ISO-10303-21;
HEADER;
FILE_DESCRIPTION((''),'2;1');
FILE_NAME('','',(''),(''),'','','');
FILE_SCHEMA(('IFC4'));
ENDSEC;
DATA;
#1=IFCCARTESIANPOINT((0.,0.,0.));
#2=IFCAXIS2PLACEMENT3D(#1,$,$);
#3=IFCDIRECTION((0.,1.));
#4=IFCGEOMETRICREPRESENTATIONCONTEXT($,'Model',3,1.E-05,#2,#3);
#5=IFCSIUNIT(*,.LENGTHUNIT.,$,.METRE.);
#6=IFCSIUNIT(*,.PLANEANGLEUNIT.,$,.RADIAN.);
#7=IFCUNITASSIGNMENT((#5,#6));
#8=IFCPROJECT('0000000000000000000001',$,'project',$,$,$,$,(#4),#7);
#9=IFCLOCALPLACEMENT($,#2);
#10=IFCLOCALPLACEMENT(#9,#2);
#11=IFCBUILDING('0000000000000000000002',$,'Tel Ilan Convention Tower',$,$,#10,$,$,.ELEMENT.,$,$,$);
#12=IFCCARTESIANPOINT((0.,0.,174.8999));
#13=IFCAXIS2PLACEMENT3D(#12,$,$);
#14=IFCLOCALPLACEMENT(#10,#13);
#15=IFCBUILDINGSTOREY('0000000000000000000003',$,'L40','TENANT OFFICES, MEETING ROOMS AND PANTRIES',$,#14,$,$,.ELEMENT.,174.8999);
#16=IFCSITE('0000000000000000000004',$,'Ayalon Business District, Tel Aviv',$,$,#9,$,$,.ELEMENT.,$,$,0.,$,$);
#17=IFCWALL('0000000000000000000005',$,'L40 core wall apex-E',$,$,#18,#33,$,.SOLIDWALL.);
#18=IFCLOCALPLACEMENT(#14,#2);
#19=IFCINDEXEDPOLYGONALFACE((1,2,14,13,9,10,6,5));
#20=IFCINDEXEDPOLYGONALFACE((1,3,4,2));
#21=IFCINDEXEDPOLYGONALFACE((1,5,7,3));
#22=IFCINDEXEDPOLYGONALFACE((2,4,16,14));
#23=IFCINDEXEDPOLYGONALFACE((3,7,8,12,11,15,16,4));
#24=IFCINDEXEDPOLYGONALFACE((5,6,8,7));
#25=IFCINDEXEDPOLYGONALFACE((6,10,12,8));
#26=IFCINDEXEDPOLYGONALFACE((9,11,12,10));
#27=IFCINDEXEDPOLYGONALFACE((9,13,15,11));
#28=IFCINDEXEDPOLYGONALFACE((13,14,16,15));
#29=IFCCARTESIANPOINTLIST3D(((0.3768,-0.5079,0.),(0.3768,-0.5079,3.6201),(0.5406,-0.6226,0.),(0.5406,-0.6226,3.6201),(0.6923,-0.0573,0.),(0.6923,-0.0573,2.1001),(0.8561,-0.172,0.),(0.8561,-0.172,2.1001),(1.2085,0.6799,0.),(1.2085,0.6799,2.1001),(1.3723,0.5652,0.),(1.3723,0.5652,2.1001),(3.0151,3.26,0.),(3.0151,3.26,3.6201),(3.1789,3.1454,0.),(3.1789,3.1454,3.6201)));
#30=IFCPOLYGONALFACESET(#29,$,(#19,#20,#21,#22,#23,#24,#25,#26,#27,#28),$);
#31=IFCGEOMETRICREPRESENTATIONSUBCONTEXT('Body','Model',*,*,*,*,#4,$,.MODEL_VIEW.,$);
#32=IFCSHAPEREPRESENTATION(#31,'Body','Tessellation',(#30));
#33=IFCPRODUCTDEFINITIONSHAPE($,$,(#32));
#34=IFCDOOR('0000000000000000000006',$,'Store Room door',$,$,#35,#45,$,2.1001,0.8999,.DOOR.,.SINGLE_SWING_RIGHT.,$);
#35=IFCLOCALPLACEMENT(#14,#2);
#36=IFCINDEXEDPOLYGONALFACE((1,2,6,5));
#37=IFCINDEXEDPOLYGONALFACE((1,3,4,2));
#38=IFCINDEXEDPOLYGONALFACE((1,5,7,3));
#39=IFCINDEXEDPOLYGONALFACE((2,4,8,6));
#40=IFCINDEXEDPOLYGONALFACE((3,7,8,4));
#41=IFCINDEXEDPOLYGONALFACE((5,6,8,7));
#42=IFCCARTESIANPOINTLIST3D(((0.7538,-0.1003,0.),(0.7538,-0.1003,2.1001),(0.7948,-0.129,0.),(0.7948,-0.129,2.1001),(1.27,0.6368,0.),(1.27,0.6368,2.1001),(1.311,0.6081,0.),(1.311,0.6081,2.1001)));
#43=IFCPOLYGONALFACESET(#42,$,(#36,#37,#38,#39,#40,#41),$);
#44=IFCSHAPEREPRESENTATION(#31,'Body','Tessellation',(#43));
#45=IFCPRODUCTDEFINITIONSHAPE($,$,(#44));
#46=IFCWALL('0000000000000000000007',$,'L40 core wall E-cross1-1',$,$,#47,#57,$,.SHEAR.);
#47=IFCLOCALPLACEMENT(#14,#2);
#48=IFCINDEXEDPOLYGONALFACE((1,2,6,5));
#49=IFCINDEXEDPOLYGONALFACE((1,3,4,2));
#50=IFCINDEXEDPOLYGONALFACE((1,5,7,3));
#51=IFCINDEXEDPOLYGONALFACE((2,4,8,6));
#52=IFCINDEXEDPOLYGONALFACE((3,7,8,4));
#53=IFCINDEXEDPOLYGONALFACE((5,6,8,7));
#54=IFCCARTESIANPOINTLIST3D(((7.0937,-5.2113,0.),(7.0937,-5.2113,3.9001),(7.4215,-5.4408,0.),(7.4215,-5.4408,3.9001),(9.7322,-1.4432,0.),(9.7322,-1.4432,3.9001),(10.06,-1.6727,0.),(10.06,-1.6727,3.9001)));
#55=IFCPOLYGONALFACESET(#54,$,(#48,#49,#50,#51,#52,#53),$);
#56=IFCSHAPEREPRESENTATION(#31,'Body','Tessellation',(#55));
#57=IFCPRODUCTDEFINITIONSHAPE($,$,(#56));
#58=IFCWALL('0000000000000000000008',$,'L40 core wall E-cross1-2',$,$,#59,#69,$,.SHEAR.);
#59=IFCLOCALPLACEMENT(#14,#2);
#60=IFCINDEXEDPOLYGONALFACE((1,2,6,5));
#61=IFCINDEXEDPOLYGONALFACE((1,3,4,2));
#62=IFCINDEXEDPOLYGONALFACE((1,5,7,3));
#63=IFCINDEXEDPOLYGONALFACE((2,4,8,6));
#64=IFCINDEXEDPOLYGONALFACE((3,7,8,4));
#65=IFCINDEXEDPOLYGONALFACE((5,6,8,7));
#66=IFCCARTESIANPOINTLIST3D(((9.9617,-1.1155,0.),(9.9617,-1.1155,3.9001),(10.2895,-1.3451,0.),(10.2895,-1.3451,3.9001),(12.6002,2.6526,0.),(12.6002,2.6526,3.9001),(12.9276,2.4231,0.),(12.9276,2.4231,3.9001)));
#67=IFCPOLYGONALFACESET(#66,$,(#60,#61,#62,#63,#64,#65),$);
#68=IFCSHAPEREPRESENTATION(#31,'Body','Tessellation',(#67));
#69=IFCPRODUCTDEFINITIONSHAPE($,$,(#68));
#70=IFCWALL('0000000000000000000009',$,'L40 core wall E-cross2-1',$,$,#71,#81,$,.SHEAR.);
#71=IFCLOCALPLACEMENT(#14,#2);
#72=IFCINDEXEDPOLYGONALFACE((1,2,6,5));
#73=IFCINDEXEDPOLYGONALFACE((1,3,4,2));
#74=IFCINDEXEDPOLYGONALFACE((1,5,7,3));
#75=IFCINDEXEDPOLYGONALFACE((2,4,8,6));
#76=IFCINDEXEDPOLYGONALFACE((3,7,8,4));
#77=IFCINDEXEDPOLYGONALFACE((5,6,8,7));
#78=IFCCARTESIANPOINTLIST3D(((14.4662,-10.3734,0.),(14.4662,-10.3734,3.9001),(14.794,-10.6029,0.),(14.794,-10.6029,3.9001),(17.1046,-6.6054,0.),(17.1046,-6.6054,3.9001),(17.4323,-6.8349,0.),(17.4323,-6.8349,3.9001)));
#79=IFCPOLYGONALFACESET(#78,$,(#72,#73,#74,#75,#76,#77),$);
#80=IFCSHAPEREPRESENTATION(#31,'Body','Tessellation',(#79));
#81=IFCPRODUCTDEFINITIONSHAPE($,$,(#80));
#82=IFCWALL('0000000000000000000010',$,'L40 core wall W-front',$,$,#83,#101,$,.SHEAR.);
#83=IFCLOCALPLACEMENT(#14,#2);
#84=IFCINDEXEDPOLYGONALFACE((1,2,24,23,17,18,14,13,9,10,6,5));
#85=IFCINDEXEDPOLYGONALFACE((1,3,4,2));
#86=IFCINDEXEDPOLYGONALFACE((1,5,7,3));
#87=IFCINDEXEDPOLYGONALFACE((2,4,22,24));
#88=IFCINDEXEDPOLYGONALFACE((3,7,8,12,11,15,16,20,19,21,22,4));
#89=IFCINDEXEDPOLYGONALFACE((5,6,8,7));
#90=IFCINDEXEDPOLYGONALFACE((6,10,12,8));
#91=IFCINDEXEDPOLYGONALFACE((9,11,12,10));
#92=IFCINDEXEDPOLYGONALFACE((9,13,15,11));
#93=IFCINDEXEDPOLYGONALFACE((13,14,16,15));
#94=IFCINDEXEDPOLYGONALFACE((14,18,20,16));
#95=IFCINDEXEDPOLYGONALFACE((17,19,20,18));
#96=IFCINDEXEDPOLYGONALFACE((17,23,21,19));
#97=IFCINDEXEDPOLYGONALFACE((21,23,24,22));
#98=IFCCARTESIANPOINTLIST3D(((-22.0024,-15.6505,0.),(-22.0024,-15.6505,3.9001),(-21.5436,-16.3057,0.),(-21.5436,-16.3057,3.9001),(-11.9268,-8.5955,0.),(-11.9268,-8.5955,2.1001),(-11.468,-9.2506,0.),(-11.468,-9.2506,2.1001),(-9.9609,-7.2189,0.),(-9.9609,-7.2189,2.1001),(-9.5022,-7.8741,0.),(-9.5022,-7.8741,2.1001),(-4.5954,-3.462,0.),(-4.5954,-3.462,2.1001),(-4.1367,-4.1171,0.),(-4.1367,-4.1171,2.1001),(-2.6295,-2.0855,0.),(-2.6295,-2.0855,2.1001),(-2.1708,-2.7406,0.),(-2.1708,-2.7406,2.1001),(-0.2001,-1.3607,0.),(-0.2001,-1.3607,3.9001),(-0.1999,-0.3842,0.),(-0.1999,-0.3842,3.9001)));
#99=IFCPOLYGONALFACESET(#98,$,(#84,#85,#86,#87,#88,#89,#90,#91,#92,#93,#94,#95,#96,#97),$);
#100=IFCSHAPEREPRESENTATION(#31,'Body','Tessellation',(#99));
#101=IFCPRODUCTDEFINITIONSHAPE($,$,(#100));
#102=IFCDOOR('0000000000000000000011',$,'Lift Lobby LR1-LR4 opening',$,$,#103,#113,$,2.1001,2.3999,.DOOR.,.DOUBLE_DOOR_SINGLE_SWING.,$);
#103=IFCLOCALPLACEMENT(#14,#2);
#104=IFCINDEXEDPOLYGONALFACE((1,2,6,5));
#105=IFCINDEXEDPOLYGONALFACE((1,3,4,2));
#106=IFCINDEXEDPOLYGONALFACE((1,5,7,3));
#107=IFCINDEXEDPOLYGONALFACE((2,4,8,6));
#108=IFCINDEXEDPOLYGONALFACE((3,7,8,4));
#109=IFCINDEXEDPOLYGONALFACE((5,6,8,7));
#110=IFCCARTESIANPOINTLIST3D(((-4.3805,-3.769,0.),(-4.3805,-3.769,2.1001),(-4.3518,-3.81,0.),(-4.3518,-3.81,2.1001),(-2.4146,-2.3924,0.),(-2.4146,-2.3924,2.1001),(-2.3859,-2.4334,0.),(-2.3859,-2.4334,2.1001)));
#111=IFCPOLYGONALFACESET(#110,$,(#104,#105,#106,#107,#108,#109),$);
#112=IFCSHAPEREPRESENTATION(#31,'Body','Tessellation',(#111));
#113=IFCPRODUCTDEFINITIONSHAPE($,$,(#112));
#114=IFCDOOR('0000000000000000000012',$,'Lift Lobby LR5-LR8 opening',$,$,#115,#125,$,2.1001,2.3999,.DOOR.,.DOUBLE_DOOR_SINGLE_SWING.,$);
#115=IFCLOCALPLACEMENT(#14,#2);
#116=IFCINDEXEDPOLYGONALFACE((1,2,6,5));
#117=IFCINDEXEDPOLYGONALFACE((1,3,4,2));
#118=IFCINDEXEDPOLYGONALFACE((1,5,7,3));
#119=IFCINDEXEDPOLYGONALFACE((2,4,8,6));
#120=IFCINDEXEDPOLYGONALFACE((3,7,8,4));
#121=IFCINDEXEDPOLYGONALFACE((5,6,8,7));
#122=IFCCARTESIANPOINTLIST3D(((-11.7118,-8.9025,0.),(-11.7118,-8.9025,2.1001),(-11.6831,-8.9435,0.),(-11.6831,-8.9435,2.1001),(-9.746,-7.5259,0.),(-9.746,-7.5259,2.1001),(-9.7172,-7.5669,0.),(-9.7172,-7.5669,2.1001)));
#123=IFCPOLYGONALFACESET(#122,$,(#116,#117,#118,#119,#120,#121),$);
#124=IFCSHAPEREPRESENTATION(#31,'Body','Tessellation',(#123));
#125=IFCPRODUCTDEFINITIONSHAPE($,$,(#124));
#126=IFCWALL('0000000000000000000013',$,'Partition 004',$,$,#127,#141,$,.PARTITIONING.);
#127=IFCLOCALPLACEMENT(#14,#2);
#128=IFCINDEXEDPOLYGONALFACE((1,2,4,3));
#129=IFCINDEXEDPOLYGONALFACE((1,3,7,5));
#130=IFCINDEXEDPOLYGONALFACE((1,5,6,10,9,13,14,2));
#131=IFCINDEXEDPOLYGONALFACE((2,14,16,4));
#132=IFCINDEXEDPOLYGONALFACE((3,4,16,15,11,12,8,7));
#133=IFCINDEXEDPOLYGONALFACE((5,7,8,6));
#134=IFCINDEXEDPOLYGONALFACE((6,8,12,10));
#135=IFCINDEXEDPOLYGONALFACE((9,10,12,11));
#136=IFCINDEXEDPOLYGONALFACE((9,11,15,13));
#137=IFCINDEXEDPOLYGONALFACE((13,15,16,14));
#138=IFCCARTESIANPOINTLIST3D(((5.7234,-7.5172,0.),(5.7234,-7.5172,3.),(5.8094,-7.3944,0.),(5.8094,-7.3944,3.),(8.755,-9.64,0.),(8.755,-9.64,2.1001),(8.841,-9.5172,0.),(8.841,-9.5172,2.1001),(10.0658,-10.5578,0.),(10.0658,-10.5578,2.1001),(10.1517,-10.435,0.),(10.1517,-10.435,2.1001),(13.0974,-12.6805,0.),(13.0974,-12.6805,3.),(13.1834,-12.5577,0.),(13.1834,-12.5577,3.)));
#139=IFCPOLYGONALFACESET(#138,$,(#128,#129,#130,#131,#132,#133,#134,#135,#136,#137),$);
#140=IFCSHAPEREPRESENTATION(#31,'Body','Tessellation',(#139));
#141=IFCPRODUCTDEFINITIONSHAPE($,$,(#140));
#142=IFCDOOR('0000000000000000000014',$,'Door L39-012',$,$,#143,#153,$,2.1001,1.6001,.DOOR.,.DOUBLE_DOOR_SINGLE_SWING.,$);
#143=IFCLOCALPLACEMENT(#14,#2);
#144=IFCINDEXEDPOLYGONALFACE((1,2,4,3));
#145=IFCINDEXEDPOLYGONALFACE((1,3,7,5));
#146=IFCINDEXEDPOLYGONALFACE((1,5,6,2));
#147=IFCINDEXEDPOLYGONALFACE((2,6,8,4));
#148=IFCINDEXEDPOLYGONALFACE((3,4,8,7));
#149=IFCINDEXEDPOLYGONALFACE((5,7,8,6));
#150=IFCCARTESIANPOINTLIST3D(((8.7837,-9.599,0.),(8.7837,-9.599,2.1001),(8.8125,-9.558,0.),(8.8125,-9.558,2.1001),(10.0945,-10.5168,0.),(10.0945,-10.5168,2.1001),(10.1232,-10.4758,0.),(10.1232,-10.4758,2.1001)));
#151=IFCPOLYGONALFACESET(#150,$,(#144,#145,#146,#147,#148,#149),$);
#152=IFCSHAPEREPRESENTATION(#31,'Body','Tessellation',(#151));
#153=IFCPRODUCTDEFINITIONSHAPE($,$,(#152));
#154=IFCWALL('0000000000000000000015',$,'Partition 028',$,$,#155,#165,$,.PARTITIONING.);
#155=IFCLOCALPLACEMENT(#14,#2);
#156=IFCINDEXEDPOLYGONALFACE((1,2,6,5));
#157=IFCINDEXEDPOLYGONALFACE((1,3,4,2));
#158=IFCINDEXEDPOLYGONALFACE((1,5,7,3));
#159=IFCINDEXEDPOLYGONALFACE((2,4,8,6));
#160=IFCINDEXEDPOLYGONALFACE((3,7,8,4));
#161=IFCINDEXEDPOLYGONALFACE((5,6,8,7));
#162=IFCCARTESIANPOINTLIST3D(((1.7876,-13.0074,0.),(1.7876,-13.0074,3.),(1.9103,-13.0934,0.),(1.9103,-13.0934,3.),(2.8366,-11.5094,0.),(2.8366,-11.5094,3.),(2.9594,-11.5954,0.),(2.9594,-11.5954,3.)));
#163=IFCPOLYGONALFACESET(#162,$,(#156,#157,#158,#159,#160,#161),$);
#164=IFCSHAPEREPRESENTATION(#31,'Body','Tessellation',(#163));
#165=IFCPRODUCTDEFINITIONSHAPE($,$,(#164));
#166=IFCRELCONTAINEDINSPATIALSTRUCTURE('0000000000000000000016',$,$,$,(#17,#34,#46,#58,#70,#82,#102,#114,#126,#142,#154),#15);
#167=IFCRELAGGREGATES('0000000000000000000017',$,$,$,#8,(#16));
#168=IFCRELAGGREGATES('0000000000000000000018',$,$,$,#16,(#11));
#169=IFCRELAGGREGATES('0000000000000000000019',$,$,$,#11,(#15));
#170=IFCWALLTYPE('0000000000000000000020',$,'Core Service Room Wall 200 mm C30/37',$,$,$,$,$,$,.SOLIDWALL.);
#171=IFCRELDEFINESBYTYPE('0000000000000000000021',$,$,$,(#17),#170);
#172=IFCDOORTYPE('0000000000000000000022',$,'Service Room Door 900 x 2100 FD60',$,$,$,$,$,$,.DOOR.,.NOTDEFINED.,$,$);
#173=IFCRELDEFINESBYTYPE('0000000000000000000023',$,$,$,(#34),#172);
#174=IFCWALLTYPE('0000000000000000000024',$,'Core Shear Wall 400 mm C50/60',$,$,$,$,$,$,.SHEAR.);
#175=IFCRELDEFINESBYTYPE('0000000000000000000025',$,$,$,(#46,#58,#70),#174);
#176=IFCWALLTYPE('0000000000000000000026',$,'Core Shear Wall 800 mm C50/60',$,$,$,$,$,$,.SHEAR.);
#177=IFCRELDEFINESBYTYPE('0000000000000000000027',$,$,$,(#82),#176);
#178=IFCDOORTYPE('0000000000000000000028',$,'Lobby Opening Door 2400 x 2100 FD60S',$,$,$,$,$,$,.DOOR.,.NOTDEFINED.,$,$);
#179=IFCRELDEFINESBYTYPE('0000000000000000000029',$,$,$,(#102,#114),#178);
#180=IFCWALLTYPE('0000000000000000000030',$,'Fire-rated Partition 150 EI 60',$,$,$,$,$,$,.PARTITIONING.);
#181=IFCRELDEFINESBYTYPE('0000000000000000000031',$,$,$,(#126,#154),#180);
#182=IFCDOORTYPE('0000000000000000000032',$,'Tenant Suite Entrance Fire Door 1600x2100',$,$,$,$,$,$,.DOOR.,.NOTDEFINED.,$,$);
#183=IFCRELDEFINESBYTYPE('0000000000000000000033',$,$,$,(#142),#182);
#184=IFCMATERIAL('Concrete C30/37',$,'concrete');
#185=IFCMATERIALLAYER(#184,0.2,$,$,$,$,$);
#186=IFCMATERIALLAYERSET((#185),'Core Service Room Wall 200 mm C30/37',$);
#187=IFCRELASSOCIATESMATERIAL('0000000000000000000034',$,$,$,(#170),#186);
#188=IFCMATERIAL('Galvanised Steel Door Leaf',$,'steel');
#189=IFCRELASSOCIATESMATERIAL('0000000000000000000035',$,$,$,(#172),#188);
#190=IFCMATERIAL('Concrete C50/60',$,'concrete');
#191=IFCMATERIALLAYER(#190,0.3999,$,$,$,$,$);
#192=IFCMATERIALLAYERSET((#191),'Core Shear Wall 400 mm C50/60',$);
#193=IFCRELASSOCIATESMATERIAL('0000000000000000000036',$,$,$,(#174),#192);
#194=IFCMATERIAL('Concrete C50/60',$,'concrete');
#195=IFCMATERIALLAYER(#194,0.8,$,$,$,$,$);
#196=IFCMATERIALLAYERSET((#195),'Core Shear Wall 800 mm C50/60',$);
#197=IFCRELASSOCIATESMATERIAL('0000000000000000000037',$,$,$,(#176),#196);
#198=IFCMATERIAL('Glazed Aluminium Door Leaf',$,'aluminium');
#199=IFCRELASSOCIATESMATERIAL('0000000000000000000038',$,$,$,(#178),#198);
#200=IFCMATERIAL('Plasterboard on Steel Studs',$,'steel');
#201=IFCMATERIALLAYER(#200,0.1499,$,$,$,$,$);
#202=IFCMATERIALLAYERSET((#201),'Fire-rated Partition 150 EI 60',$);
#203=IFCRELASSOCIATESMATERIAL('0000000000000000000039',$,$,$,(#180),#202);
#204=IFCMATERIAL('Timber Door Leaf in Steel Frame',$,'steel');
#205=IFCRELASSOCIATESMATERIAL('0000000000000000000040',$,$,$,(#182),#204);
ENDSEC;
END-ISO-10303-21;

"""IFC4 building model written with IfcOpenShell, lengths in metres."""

from ifc_helpers import new_model, si_unit, direction, frame, frame_2d, origin, place, context, subcontext, project, spatial, polyline, rectangle, outline, extrude, material, layer, layer_set, type_object, element, fill, save


model = new_model("IFC4")

# Units and contexts
model_context = context("Model", 3, precision=1e-05, world=origin(), true_north=direction((0.0, 1.0)))
body_context = subcontext(model_context, "Body", "Model", "MODEL_VIEW")
ifc_project = project(units=[si_unit("LENGTHUNIT", "METRE"), si_unit("PLANEANGLEUNIT", "RADIAN")], contexts=[model_context])

# Site, building, storey
site_placement = place(None, origin())
site = spatial("IfcSite", under=ifc_project, at=site_placement, Name="Ayalon Business District, Tel Aviv", CompositionType="ELEMENT", RefElevation=0.0)
building_placement = place(site_placement, origin())
building = spatial("IfcBuilding", under=site, at=building_placement, Name="Tel Ilan Convention Tower", CompositionType="ELEMENT")
storey_placement = place(building_placement, frame((0.0, 0.0, 174.8999)))
storey = spatial("IfcBuildingStorey", under=building, at=storey_placement, Name="L40", Description="TENANT OFFICES, MEETING ROOMS AND PANTRIES", CompositionType="ELEMENT", Elevation=174.8999)

# Wall, opening, door
ifc_material_1 = material(Name="Concrete C30/37", Category="concrete")
ifc_layer_1 = layer(ifc_material_1, 0.2)
ifc_layer_set_1 = layer_set([ifc_layer_1], Name="Core Service Room Wall 200 mm C30/37")
wall_type_1 = type_object("IfcWallType", Name="Core Service Room Wall 200 mm C30/37", PredefinedType="SOLIDWALL", material=ifc_layer_set_1)
wall_1_placement = place(storey_placement, frame((0.4587, -0.5652, 0.0), z_axis=(0.0, 0.0, 1.0), x_axis=(0.573576, 0.819152, 0.0)))
wall_1 = element("IfcWall", 1, at=wall_1_placement, inside=storey, type_object=wall_type_1, Name="L40 core wall apex-E", PredefinedType="SOLIDWALL", context=body_context, shape_type="SweptSolid", body=[
    extrude(rectangle(XDim=4.5999, YDim=0.2, at=frame_2d((2.2998, 0.0))), origin(), (0.0, 0.0, 1.0), 3.6201),
])
opening_1_placement = place(wall_1_placement, frame((0.55, 0.0, 0.0)))
opening_1 = element("IfcOpeningElement", 2, at=opening_1_placement, cuts=wall_1, PredefinedType="OPENING", context=body_context, shape_type="SweptSolid", body=[
    extrude(rectangle(XDim=0.8999, YDim=2.1001, at=frame_2d((0.45, 1.05))), frame((0.0, 0.1099, 0.0), z_axis=(0.0, -1.0, 0.0), x_axis=(1.0, 0.0, 0.0)), (0.0, 0.0, 1.0), 0.22),
])
ifc_material_2 = material(Name="Galvanised Steel Door Leaf", Category="steel")
door_type_1 = type_object("IfcDoorType", Name="Service Room Door 900 x 2100 FD60", OperationType="NOTDEFINED", PredefinedType="DOOR", material=ifc_material_2)
door_1_placement = place(opening_1_placement, origin())
door_1 = element("IfcDoor", 3, at=door_1_placement, inside=storey, type_object=door_type_1, Name="Store Room door", OperationType="SINGLE_SWING_RIGHT", OverallHeight=2.1001, OverallWidth=0.8999, PredefinedType="DOOR", context=body_context, shape_type="SweptSolid", body=[
    extrude(rectangle(XDim=0.8999, YDim=2.1001, at=frame_2d((0.45, 1.05))), frame((0.0, 0.0249, 0.0), z_axis=(0.0, -1.0, 0.0), x_axis=(1.0, 0.0, 0.0)), (0.0, 0.0, 1.0), 0.05),
])
fill(opening_1, door_1)

# Walls
ifc_material_3 = material(Name="Concrete C50/60", Category="concrete")
ifc_layer_2 = layer(ifc_material_3, 0.3999)
ifc_layer_set_2 = layer_set([ifc_layer_2], Name="Core Shear Wall 400 mm C50/60")
wall_type_2 = type_object("IfcWallType", Name="Core Shear Wall 400 mm C50/60", PredefinedType="SHEAR", material=ifc_layer_set_2)
wall_2_placement = place(storey_placement, frame((7.2578, -5.3259, 0.0), z_axis=(0.0, 0.0, 1.0), x_axis=(0.573541, 0.819177, 0.0)))
element("IfcWall", 4, at=wall_2_placement, inside=storey, type_object=wall_type_2, Name="L40 core wall E-cross1-1", PredefinedType="SHEAR", context=body_context, shape_type="SweptSolid", body=[
    extrude(outline(polyline([(-0.0002, 0.2002), (-0.0002, -0.2), (4.5999, -0.2002), (4.5999, 0.2), (-0.0002, 0.2002)])), origin(), (0.0, 0.0, 1.0), 3.9001),
])
wall_3_placement = place(storey_placement, frame((10.1255, -1.2302, 0.0), z_axis=(0.0, 0.0, 1.0), x_axis=(0.573576, 0.819152, 0.0)))
element("IfcWall", 5, at=wall_3_placement, inside=storey, type_object=wall_type_2, Name="L40 core wall E-cross1-2", PredefinedType="SHEAR", context=body_context, shape_type="SweptSolid", body=[
    extrude(outline(polyline([(4.5999, -0.2), (4.6001, 0.2), (0.0, 0.2), (0.0, -0.2002), (4.5999, -0.2)])), origin(), (0.0, 0.0, 1.0), 3.9001),
])
wall_4_placement = place(storey_placement, frame((14.6299, -10.4883, 0.0), z_axis=(0.0, 0.0, 1.0), x_axis=(0.573612, 0.819127, 0.0)))
element("IfcWall", 6, at=wall_4_placement, inside=storey, type_object=wall_type_2, Name="L40 core wall E-cross2-1", PredefinedType="SHEAR", context=body_context, shape_type="SweptSolid", body=[
    extrude(outline(polyline([(0.0002, 0.2), (0.0002, -0.2002), (4.6001, -0.2), (4.6001, 0.2002), (0.0002, 0.2)])), origin(), (0.0, 0.0, 1.0), 3.9001),
])

# Wall, openings, doors
ifc_material_4 = material(Name="Concrete C50/60", Category="concrete")
ifc_layer_3 = layer(ifc_material_4, 0.8)
ifc_layer_set_3 = layer_set([ifc_layer_3], Name="Core Shear Wall 800 mm C50/60")
wall_type_3 = type_object("IfcWallType", Name="Core Shear Wall 800 mm C50/60", PredefinedType="SHEAR", material=ifc_layer_set_3)
wall_5_placement = place(storey_placement, frame((0.0293, -0.7119, 0.0), z_axis=(0.0, 0.0, 1.0), x_axis=(-0.819152, -0.573577, 0.0)))
wall_5 = element("IfcWall", 7, at=wall_5_placement, inside=storey, type_object=wall_type_3, Name="L40 core wall W-front", PredefinedType="SHEAR", context=body_context, shape_type="SweptSolid", body=[
    extrude(outline(polyline([(26.6157, 0.3999), (0.5601, 0.3999), (-0.0002, -0.3999), (26.6157, -0.3999), (26.6157, 0.3999)])), origin(), (0.0, 0.0, 1.0), 3.9001),
])
opening_2_placement = place(wall_5_placement, frame((2.9658, 0.0, 0.0)))
opening_2 = element("IfcOpeningElement", 8, at=opening_2_placement, cuts=wall_5, PredefinedType="OPENING", context=body_context, shape_type="SweptSolid", body=[
    extrude(rectangle(XDim=2.3999, YDim=2.1001, at=frame_2d((1.2, 1.05))), frame((0.0, 0.4099, 0.0), z_axis=(0.0, -1.0, 0.0), x_axis=(1.0, 0.0, 0.0)), (0.0, 0.0, 1.0), 0.8201),
])
opening_3_placement = place(wall_5_placement, frame((11.9158, 0.0, 0.0)))
opening_3 = element("IfcOpeningElement", 9, at=opening_3_placement, cuts=wall_5, PredefinedType="OPENING", context=body_context, shape_type="SweptSolid", body=[
    extrude(rectangle(XDim=2.3999, YDim=2.1001, at=frame_2d((1.2, 1.05))), frame((0.0, 0.4099, 0.0), z_axis=(0.0, -1.0, 0.0), x_axis=(1.0, 0.0, 0.0)), (0.0, 0.0, 1.0), 0.8201),
])
ifc_material_5 = material(Name="Glazed Aluminium Door Leaf", Category="aluminium")
door_type_2 = type_object("IfcDoorType", Name="Lobby Opening Door 2400 x 2100 FD60S", OperationType="NOTDEFINED", PredefinedType="DOOR", material=ifc_material_5)
door_2_placement = place(opening_2_placement, origin())
door_2 = element("IfcDoor", 10, at=door_2_placement, inside=storey, type_object=door_type_2, Name="Lift Lobby LR1-LR4 opening", OperationType="DOUBLE_DOOR_SINGLE_SWING", OverallHeight=2.1001, OverallWidth=2.3999, PredefinedType="DOOR", context=body_context, shape_type="SweptSolid", body=[
    extrude(rectangle(XDim=2.3999, YDim=2.1001, at=frame_2d((1.2, 1.05))), frame((0.0, 0.0249, 0.0), z_axis=(0.0, -1.0, 0.0), x_axis=(1.0, 0.0, 0.0)), (0.0, 0.0, 1.0), 0.05),
])
fill(opening_2, door_2)
door_3_placement = place(opening_3_placement, origin())
door_3 = element("IfcDoor", 11, at=door_3_placement, inside=storey, type_object=door_type_2, Name="Lift Lobby LR5-LR8 opening", OperationType="DOUBLE_DOOR_SINGLE_SWING", OverallHeight=2.1001, OverallWidth=2.3999, PredefinedType="DOOR", context=body_context, shape_type="SweptSolid", body=[
    extrude(rectangle(XDim=2.3999, YDim=2.1001, at=frame_2d((1.2, 1.05))), frame((0.0, 0.0249, 0.0), z_axis=(0.0, -1.0, 0.0), x_axis=(1.0, 0.0, 0.0)), (0.0, 0.0, 1.0), 0.05),
])
fill(opening_3, door_3)

# Wall, opening, door
ifc_material_6 = material(Name="Plasterboard on Steel Studs", Category="steel")
ifc_layer_4 = layer(ifc_material_6, 0.1499)
ifc_layer_set_4 = layer_set([ifc_layer_4], Name="Fire-rated Partition 150 EI 60")
wall_type_4 = type_object("IfcWallType", Name="Fire-rated Partition 150 EI 60", PredefinedType="PARTITIONING", material=ifc_layer_set_4)
wall_6_placement = place(storey_placement, frame((13.1404, -12.6191, 0.0), z_axis=(0.0, 0.0, 1.0), x_axis=(-0.819153, 0.573575, 0.0)))
wall_6 = element("IfcWall", 12, at=wall_6_placement, inside=storey, type_object=wall_type_4, Name="Partition 004", PredefinedType="PARTITIONING", context=body_context, shape_type="SweptSolid", body=[
    extrude(rectangle(XDim=9.002, YDim=0.1499, at=frame_2d((4.501, 0.0))), origin(), (0.0, 0.0, 1.0), 3.0),
])
opening_4_placement = place(wall_6_placement, frame((3.7009, 0.0, 0.0)))
opening_4 = element("IfcOpeningElement", 13, at=opening_4_placement, cuts=wall_6, PredefinedType="OPENING", context=body_context, shape_type="SweptSolid", body=[
    extrude(rectangle(XDim=1.6001, YDim=2.1001, at=frame_2d((0.8, 1.05))), frame((0.0, 0.085, 0.0), z_axis=(0.0, -1.0, 0.0), x_axis=(1.0, 0.0, 0.0)), (0.0, 0.0, 1.0), 0.1699),
])
ifc_material_7 = material(Name="Timber Door Leaf in Steel Frame", Category="steel")
door_type_3 = type_object("IfcDoorType", Name="Tenant Suite Entrance Fire Door 1600x2100", OperationType="NOTDEFINED", PredefinedType="DOOR", material=ifc_material_7)
door_4_placement = place(opening_4_placement, origin())
door_4 = element("IfcDoor", 14, at=door_4_placement, inside=storey, type_object=door_type_3, Name="Door L39-012", OperationType="DOUBLE_DOOR_SINGLE_SWING", OverallHeight=2.1001, OverallWidth=1.6001, PredefinedType="DOOR", context=body_context, shape_type="SweptSolid", body=[
    extrude(rectangle(XDim=1.6001, YDim=2.1001, at=frame_2d((0.8, 1.05))), frame((0.0, 0.0249, 0.0), z_axis=(0.0, -1.0, 0.0), x_axis=(1.0, 0.0, 0.0)), (0.0, 0.0, 1.0), 0.05),
])
fill(opening_4, door_4)

# Wall
wall_7_placement = place(storey_placement, frame((1.8489, -13.0505, 0.0), z_axis=(0.0, 0.0, 1.0), x_axis=(0.573624, 0.819119, 0.0)))
element("IfcWall", 15, at=wall_7_placement, inside=storey, type_object=wall_type_4, Name="Partition 028", PredefinedType="PARTITIONING", context=body_context, shape_type="SweptSolid", body=[
    extrude(rectangle(XDim=1.8289, YDim=0.1499, at=frame_2d((0.9146, 0.0))), origin(), (0.0, 0.0, 1.0), 3.0),
])

save(model, "model.ifc")
